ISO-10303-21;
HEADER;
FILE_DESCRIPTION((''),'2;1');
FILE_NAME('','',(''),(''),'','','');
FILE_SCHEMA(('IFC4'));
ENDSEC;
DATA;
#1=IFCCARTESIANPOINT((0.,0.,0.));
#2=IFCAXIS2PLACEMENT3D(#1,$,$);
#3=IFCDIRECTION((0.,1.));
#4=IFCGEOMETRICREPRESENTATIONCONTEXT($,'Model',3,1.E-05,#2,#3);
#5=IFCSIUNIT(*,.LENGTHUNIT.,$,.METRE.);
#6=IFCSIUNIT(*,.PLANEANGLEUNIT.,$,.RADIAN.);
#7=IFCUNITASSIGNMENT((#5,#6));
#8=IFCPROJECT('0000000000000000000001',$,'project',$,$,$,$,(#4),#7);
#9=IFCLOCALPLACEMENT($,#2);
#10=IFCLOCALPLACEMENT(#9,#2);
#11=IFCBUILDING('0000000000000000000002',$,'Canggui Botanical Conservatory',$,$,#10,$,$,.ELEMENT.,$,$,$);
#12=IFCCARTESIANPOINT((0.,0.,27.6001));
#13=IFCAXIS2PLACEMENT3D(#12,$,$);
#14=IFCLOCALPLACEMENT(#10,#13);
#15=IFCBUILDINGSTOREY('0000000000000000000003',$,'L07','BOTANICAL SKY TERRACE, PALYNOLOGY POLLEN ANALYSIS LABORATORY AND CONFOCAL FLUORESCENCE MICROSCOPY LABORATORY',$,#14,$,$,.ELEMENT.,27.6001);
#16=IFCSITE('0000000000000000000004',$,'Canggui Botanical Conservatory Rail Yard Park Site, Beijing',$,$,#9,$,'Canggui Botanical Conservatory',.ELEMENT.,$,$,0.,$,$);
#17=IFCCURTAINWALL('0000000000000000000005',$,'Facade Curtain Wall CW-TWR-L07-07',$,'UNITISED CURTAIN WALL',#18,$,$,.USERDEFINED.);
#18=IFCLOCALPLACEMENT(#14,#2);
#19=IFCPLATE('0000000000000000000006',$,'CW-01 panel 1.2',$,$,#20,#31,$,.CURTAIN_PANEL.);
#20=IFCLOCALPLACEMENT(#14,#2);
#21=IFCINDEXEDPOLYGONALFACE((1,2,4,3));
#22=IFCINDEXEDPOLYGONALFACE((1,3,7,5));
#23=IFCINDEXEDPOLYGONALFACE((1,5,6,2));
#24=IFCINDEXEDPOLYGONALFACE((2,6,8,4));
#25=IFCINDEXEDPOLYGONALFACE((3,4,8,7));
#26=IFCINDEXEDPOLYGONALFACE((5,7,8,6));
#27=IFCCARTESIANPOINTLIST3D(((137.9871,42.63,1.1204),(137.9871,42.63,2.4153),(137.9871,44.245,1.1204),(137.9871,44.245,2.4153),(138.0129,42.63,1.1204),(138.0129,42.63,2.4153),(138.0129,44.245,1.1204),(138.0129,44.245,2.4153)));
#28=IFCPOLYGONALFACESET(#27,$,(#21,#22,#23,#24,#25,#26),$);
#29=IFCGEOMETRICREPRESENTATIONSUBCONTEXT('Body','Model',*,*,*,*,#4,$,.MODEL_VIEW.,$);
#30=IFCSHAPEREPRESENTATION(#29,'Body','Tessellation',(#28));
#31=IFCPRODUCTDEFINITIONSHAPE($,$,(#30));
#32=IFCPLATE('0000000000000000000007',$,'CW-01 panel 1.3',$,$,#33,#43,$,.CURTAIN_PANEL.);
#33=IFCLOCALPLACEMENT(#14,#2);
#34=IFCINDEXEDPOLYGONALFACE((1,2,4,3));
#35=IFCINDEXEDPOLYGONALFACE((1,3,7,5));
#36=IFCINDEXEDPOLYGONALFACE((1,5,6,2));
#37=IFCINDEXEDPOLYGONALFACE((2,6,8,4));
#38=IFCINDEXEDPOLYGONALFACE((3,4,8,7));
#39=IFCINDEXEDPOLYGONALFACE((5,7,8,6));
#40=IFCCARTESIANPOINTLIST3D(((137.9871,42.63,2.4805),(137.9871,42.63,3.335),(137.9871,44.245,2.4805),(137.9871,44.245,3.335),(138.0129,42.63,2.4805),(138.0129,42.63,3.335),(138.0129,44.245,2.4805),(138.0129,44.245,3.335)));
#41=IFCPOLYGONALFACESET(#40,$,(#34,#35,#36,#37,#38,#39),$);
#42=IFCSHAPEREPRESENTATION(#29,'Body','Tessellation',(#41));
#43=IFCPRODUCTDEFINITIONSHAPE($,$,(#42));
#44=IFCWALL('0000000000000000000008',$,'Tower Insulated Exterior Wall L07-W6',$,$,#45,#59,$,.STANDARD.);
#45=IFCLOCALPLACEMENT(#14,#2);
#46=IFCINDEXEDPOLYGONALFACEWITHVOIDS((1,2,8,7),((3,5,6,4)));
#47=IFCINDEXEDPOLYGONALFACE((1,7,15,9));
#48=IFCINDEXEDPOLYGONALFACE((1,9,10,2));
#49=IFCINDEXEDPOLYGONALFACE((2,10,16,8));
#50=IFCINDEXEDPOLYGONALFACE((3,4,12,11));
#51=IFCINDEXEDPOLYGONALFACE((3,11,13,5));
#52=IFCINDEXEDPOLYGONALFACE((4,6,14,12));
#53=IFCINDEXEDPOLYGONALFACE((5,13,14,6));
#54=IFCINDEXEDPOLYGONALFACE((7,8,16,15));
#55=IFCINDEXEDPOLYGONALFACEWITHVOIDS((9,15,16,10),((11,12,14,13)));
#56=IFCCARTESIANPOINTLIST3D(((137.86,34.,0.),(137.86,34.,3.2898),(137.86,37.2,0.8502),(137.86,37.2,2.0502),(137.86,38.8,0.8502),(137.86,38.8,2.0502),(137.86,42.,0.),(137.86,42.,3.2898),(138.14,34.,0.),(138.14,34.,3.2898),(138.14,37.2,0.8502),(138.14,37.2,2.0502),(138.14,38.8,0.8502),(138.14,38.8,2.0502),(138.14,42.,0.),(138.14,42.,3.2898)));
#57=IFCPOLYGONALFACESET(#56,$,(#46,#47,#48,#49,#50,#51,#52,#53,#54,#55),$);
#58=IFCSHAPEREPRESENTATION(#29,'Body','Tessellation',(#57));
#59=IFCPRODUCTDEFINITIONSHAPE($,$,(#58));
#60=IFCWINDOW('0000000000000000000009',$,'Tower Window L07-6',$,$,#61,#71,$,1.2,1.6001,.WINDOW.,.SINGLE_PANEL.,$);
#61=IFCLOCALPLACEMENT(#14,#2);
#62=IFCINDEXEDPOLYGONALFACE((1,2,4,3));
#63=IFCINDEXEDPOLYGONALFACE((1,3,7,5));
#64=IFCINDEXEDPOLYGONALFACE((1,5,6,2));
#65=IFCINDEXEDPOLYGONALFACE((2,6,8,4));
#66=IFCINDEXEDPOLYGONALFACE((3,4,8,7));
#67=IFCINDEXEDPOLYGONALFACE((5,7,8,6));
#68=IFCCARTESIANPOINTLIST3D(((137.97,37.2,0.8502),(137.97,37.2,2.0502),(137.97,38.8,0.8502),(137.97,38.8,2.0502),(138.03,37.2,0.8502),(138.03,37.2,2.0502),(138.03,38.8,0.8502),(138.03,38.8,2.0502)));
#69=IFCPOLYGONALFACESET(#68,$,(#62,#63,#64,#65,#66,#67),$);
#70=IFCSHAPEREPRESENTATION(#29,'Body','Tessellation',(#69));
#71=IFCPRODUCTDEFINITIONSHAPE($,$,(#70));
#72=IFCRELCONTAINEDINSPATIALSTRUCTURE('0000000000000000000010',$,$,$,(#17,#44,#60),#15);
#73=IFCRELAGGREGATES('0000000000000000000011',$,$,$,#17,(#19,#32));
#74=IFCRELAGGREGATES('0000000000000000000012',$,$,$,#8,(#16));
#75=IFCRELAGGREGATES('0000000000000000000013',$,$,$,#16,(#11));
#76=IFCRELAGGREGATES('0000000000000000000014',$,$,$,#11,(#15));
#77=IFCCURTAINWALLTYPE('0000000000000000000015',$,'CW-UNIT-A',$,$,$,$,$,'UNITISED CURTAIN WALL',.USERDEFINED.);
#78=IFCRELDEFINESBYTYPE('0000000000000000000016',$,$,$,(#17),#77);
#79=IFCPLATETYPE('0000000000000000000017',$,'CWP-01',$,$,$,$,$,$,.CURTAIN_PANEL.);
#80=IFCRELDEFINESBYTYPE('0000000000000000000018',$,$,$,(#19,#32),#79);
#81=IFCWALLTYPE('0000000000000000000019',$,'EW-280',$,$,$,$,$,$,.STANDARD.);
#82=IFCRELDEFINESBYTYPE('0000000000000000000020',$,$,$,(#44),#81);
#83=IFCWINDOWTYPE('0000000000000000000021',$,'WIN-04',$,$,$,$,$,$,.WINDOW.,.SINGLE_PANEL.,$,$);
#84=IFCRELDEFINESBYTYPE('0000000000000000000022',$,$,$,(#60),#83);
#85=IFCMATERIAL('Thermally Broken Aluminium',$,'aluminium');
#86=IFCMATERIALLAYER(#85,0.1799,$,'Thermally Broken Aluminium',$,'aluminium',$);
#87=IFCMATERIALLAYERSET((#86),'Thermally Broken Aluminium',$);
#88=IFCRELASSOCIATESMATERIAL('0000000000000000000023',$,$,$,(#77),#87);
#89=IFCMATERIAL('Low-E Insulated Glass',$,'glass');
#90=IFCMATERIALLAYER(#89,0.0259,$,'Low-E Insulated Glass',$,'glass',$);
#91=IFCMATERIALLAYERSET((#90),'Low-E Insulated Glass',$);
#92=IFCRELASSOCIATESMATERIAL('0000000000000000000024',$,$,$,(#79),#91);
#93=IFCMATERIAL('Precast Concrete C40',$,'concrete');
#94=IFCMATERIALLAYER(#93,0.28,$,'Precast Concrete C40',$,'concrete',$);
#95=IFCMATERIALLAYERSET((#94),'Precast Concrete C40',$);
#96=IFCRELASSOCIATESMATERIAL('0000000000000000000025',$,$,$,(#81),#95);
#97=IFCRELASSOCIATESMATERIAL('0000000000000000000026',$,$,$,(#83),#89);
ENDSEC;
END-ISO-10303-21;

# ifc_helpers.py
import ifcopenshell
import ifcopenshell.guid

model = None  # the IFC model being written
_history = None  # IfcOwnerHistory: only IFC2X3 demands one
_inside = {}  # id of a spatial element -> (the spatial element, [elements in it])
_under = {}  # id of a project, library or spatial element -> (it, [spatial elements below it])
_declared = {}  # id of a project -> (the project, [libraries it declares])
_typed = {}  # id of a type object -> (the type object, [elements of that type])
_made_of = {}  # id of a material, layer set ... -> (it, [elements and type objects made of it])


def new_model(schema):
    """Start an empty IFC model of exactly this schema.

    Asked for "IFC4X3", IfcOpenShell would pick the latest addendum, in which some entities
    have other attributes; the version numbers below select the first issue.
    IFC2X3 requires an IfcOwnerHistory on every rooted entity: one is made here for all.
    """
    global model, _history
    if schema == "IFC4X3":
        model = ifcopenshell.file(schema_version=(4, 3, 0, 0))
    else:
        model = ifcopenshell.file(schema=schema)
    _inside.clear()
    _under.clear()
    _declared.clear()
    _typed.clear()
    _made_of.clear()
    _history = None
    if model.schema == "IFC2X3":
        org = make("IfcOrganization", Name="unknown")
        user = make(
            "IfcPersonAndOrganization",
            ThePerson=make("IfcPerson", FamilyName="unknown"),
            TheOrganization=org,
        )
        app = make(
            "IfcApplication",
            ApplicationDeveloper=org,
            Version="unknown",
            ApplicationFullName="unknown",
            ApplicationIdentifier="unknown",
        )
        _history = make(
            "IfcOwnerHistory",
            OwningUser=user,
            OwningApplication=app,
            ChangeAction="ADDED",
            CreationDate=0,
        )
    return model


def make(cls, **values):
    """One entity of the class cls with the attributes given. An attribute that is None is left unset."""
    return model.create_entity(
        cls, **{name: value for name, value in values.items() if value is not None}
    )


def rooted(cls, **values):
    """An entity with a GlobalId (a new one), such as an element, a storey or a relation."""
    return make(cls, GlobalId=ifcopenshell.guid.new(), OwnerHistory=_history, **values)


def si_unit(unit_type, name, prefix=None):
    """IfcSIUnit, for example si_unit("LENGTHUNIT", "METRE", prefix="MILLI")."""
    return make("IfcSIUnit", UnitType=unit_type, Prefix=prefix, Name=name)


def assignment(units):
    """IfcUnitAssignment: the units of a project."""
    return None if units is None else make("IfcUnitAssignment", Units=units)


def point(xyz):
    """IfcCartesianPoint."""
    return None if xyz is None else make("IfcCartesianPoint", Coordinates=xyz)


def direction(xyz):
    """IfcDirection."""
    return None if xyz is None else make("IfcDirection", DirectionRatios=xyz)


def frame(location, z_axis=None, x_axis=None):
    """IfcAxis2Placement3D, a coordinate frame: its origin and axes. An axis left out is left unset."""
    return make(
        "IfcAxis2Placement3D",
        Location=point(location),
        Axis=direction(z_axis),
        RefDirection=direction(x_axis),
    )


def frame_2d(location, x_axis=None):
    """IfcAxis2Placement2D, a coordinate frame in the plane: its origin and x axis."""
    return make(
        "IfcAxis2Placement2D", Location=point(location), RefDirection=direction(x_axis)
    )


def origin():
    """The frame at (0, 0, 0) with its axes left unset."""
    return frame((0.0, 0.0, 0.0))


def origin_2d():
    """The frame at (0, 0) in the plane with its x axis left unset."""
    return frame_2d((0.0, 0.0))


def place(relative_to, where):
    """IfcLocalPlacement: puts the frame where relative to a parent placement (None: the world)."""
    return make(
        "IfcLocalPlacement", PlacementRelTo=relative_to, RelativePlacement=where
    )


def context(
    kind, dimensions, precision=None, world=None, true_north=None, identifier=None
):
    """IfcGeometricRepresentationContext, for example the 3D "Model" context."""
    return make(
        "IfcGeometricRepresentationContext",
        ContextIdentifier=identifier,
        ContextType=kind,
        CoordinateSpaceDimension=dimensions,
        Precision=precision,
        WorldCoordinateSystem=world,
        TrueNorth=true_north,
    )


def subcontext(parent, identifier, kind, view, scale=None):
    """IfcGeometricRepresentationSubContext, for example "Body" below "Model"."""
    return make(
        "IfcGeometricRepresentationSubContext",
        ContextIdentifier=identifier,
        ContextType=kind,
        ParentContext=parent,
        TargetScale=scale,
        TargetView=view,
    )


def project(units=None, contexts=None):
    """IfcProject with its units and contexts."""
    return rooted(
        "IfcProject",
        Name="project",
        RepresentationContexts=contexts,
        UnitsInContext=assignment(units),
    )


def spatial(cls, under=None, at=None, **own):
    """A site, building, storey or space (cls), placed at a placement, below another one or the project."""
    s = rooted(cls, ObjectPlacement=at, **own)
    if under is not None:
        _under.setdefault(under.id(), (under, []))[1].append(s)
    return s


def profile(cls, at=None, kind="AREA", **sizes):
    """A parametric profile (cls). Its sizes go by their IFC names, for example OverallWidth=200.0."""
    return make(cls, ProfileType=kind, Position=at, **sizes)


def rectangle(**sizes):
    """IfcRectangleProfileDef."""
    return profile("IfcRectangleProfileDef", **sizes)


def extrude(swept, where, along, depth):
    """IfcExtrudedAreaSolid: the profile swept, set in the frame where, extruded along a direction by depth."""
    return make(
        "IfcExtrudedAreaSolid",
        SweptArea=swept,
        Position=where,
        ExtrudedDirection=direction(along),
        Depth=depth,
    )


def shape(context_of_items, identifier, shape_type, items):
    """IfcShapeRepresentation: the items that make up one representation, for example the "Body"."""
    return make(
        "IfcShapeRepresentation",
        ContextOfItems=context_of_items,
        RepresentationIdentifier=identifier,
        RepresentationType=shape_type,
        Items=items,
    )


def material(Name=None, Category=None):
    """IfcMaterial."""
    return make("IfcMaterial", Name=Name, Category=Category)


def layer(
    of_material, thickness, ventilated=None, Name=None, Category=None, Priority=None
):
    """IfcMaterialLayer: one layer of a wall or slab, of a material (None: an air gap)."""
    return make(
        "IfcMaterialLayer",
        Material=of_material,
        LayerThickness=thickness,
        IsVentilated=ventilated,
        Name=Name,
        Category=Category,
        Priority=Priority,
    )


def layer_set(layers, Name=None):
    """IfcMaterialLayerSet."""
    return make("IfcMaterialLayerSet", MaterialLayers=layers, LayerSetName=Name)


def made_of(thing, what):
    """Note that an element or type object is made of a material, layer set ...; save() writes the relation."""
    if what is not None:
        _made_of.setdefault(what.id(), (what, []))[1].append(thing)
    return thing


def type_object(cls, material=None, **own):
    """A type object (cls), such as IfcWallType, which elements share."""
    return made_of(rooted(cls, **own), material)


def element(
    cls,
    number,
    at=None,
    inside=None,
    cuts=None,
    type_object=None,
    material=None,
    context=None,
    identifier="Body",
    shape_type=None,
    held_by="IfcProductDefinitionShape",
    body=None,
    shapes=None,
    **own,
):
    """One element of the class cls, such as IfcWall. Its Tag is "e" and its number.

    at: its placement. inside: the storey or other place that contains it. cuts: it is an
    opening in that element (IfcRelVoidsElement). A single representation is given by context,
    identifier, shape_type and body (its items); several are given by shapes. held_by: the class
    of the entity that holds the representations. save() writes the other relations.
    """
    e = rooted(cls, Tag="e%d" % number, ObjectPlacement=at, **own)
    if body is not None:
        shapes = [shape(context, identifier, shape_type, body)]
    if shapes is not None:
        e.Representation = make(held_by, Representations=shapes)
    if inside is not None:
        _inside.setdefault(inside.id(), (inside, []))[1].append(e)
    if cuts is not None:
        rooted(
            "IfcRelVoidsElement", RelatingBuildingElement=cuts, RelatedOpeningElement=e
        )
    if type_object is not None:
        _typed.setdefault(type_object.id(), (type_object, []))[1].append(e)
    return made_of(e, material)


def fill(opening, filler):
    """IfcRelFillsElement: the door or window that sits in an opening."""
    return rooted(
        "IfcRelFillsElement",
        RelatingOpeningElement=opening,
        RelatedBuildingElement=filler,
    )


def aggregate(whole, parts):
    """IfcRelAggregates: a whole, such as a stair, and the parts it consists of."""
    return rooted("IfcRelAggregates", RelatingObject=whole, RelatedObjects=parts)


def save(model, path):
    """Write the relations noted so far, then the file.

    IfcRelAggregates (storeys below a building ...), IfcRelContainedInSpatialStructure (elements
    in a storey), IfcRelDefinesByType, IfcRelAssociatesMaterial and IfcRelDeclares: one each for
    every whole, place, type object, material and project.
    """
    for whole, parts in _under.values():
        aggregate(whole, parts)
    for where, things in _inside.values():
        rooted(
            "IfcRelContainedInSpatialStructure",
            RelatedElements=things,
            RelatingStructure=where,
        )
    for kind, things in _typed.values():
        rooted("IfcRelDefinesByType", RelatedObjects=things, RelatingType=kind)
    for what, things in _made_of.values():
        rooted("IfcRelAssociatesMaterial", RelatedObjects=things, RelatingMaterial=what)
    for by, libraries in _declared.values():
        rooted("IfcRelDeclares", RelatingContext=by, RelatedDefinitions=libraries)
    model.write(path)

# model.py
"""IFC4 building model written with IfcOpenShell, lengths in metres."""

from ifc_helpers import new_model, si_unit, direction, frame, frame_2d, origin, origin_2d, place, context, subcontext, project, spatial, rectangle, extrude, material, layer, layer_set, type_object, element, fill, aggregate, save


model = new_model("IFC4")

# Units and contexts
model_context = context("Model", 3, precision=1e-05, world=origin(), true_north=direction((0.0, 1.0)))
body_context = subcontext(model_context, "Body", "Model", "MODEL_VIEW")
ifc_project = project(units=[si_unit("LENGTHUNIT", "METRE"), si_unit("PLANEANGLEUNIT", "RADIAN")], contexts=[model_context])

# Site, building, storey
site_placement = place(None, origin())
site = spatial("IfcSite", under=ifc_project, at=site_placement, Name="Canggui Botanical Conservatory Rail Yard Park Site, Beijing", LongName="Canggui Botanical Conservatory", CompositionType="ELEMENT", RefElevation=0.0)
building_placement = place(site_placement, origin())
building = spatial("IfcBuilding", under=site, at=building_placement, Name="Canggui Botanical Conservatory", CompositionType="ELEMENT")
storey_placement = place(building_placement, frame((0.0, 0.0, 27.6001)))
storey = spatial("IfcBuildingStorey", under=building, at=storey_placement, Name="L07", Description="BOTANICAL SKY TERRACE, PALYNOLOGY POLLEN ANALYSIS LABORATORY AND CONFOCAL FLUORESCENCE MICROSCOPY LABORATORY", CompositionType="ELEMENT", Elevation=27.6001)

# Curtain wall, plates
ifc_material_1 = material(Name="Thermally Broken Aluminium", Category="aluminium")
ifc_layer_1 = layer(ifc_material_1, 0.1799, Name="Thermally Broken Aluminium", Category="aluminium")
ifc_layer_set_1 = layer_set([ifc_layer_1], Name="Thermally Broken Aluminium")
curtain_wall_type = type_object("IfcCurtainWallType", Name="CW-UNIT-A", ElementType="UNITISED CURTAIN WALL", PredefinedType="USERDEFINED", material=ifc_layer_set_1)
curtain_wall_placement = place(storey_placement, origin())
curtain_wall = element("IfcCurtainWall", 1, at=curtain_wall_placement, inside=storey, type_object=curtain_wall_type, Name="Facade Curtain Wall CW-TWR-L07-07", ObjectType="UNITISED CURTAIN WALL", PredefinedType="USERDEFINED")
ifc_material_2 = material(Name="Low-E Insulated Glass", Category="glass")
ifc_layer_2 = layer(ifc_material_2, 0.0259, Name="Low-E Insulated Glass", Category="glass")
ifc_layer_set_2 = layer_set([ifc_layer_2], Name="Low-E Insulated Glass")
plate_type = type_object("IfcPlateType", Name="CWP-01", PredefinedType="CURTAIN_PANEL", material=ifc_layer_set_2)
plate_1_placement = place(storey_placement, frame((138.0, 43.4375, 1.1204), z_axis=(0.0, 0.0, 1.0), x_axis=(0.0, 1.0, 0.0)))
plate_1 = element("IfcPlate", 2, at=plate_1_placement, type_object=plate_type, Name="CW-01 panel 1.2", PredefinedType="CURTAIN_PANEL", context=body_context, shape_type="SweptSolid", body=[
    extrude(rectangle(XDim=1.615, YDim=0.0259, at=origin_2d()), origin(), (0.0, 0.0, 1.0), 1.2949),
])
plate_2_placement = place(storey_placement, frame((138.0, 43.4375, 2.4805), z_axis=(0.0, 0.0, 1.0), x_axis=(0.0, 1.0, 0.0)))
plate_2 = element("IfcPlate", 3, at=plate_2_placement, type_object=plate_type, Name="CW-01 panel 1.3", PredefinedType="CURTAIN_PANEL", context=body_context, shape_type="SweptSolid", body=[
    extrude(rectangle(XDim=1.615, YDim=0.0259, at=origin_2d()), origin(), (0.0, 0.0, 1.0), 0.8545),
])
aggregate(curtain_wall, [plate_1, plate_2])

# Wall, opening, window
ifc_material_3 = material(Name="Precast Concrete C40", Category="concrete")
ifc_layer_3 = layer(ifc_material_3, 0.28, Name="Precast Concrete C40", Category="concrete")
ifc_layer_set_3 = layer_set([ifc_layer_3], Name="Precast Concrete C40")
wall_type = type_object("IfcWallType", Name="EW-280", PredefinedType="STANDARD", material=ifc_layer_set_3)
wall_placement = place(storey_placement, frame((138.0, 34.0, 0.0), z_axis=(0.0, 0.0, 1.0), x_axis=(0.0, 1.0, 0.0)))
wall = element("IfcWall", 4, at=wall_placement, inside=storey, type_object=wall_type, Name="Tower Insulated Exterior Wall L07-W6", PredefinedType="STANDARD", context=body_context, shape_type="SweptSolid", body=[
    extrude(rectangle(XDim=8.0, YDim=0.28, at=frame_2d((4.0, 0.0))), origin(), (0.0, 0.0, 1.0), 3.2898),
])
opening_placement = place(wall_placement, frame((3.2, 0.0, 0.8501)))
opening = element("IfcOpeningElement", 5, at=opening_placement, cuts=wall, PredefinedType="OPENING", context=body_context, shape_type="SweptSolid", body=[
    extrude(rectangle(XDim=1.6001, YDim=1.2, at=frame_2d((0.8, 0.6001))), frame((0.0, 0.1499, 0.0), z_axis=(0.0, -1.0, 0.0), x_axis=(1.0, 0.0, 0.0)), (0.0, 0.0, 1.0), 0.3),
])
window_type = type_object("IfcWindowType", Name="WIN-04", PartitioningType="SINGLE_PANEL", PredefinedType="WINDOW", material=ifc_material_2)
window_placement = place(opening_placement, origin())
window = element("IfcWindow", 6, at=window_placement, inside=storey, type_object=window_type, Name="Tower Window L07-6", OverallHeight=1.2, OverallWidth=1.6001, PartitioningType="SINGLE_PANEL", PredefinedType="WINDOW", context=body_context, shape_type="SweptSolid", body=[
    extrude(rectangle(XDim=1.6001, YDim=1.2, at=frame_2d((0.8, 0.6001))), frame((0.0, 0.03, 0.0), z_axis=(0.0, -1.0, 0.0), x_axis=(1.0, 0.0, 0.0)), (0.0, 0.0, 1.0), 0.0601),
])
fill(opening, window)

save(model, "model.ifc")
